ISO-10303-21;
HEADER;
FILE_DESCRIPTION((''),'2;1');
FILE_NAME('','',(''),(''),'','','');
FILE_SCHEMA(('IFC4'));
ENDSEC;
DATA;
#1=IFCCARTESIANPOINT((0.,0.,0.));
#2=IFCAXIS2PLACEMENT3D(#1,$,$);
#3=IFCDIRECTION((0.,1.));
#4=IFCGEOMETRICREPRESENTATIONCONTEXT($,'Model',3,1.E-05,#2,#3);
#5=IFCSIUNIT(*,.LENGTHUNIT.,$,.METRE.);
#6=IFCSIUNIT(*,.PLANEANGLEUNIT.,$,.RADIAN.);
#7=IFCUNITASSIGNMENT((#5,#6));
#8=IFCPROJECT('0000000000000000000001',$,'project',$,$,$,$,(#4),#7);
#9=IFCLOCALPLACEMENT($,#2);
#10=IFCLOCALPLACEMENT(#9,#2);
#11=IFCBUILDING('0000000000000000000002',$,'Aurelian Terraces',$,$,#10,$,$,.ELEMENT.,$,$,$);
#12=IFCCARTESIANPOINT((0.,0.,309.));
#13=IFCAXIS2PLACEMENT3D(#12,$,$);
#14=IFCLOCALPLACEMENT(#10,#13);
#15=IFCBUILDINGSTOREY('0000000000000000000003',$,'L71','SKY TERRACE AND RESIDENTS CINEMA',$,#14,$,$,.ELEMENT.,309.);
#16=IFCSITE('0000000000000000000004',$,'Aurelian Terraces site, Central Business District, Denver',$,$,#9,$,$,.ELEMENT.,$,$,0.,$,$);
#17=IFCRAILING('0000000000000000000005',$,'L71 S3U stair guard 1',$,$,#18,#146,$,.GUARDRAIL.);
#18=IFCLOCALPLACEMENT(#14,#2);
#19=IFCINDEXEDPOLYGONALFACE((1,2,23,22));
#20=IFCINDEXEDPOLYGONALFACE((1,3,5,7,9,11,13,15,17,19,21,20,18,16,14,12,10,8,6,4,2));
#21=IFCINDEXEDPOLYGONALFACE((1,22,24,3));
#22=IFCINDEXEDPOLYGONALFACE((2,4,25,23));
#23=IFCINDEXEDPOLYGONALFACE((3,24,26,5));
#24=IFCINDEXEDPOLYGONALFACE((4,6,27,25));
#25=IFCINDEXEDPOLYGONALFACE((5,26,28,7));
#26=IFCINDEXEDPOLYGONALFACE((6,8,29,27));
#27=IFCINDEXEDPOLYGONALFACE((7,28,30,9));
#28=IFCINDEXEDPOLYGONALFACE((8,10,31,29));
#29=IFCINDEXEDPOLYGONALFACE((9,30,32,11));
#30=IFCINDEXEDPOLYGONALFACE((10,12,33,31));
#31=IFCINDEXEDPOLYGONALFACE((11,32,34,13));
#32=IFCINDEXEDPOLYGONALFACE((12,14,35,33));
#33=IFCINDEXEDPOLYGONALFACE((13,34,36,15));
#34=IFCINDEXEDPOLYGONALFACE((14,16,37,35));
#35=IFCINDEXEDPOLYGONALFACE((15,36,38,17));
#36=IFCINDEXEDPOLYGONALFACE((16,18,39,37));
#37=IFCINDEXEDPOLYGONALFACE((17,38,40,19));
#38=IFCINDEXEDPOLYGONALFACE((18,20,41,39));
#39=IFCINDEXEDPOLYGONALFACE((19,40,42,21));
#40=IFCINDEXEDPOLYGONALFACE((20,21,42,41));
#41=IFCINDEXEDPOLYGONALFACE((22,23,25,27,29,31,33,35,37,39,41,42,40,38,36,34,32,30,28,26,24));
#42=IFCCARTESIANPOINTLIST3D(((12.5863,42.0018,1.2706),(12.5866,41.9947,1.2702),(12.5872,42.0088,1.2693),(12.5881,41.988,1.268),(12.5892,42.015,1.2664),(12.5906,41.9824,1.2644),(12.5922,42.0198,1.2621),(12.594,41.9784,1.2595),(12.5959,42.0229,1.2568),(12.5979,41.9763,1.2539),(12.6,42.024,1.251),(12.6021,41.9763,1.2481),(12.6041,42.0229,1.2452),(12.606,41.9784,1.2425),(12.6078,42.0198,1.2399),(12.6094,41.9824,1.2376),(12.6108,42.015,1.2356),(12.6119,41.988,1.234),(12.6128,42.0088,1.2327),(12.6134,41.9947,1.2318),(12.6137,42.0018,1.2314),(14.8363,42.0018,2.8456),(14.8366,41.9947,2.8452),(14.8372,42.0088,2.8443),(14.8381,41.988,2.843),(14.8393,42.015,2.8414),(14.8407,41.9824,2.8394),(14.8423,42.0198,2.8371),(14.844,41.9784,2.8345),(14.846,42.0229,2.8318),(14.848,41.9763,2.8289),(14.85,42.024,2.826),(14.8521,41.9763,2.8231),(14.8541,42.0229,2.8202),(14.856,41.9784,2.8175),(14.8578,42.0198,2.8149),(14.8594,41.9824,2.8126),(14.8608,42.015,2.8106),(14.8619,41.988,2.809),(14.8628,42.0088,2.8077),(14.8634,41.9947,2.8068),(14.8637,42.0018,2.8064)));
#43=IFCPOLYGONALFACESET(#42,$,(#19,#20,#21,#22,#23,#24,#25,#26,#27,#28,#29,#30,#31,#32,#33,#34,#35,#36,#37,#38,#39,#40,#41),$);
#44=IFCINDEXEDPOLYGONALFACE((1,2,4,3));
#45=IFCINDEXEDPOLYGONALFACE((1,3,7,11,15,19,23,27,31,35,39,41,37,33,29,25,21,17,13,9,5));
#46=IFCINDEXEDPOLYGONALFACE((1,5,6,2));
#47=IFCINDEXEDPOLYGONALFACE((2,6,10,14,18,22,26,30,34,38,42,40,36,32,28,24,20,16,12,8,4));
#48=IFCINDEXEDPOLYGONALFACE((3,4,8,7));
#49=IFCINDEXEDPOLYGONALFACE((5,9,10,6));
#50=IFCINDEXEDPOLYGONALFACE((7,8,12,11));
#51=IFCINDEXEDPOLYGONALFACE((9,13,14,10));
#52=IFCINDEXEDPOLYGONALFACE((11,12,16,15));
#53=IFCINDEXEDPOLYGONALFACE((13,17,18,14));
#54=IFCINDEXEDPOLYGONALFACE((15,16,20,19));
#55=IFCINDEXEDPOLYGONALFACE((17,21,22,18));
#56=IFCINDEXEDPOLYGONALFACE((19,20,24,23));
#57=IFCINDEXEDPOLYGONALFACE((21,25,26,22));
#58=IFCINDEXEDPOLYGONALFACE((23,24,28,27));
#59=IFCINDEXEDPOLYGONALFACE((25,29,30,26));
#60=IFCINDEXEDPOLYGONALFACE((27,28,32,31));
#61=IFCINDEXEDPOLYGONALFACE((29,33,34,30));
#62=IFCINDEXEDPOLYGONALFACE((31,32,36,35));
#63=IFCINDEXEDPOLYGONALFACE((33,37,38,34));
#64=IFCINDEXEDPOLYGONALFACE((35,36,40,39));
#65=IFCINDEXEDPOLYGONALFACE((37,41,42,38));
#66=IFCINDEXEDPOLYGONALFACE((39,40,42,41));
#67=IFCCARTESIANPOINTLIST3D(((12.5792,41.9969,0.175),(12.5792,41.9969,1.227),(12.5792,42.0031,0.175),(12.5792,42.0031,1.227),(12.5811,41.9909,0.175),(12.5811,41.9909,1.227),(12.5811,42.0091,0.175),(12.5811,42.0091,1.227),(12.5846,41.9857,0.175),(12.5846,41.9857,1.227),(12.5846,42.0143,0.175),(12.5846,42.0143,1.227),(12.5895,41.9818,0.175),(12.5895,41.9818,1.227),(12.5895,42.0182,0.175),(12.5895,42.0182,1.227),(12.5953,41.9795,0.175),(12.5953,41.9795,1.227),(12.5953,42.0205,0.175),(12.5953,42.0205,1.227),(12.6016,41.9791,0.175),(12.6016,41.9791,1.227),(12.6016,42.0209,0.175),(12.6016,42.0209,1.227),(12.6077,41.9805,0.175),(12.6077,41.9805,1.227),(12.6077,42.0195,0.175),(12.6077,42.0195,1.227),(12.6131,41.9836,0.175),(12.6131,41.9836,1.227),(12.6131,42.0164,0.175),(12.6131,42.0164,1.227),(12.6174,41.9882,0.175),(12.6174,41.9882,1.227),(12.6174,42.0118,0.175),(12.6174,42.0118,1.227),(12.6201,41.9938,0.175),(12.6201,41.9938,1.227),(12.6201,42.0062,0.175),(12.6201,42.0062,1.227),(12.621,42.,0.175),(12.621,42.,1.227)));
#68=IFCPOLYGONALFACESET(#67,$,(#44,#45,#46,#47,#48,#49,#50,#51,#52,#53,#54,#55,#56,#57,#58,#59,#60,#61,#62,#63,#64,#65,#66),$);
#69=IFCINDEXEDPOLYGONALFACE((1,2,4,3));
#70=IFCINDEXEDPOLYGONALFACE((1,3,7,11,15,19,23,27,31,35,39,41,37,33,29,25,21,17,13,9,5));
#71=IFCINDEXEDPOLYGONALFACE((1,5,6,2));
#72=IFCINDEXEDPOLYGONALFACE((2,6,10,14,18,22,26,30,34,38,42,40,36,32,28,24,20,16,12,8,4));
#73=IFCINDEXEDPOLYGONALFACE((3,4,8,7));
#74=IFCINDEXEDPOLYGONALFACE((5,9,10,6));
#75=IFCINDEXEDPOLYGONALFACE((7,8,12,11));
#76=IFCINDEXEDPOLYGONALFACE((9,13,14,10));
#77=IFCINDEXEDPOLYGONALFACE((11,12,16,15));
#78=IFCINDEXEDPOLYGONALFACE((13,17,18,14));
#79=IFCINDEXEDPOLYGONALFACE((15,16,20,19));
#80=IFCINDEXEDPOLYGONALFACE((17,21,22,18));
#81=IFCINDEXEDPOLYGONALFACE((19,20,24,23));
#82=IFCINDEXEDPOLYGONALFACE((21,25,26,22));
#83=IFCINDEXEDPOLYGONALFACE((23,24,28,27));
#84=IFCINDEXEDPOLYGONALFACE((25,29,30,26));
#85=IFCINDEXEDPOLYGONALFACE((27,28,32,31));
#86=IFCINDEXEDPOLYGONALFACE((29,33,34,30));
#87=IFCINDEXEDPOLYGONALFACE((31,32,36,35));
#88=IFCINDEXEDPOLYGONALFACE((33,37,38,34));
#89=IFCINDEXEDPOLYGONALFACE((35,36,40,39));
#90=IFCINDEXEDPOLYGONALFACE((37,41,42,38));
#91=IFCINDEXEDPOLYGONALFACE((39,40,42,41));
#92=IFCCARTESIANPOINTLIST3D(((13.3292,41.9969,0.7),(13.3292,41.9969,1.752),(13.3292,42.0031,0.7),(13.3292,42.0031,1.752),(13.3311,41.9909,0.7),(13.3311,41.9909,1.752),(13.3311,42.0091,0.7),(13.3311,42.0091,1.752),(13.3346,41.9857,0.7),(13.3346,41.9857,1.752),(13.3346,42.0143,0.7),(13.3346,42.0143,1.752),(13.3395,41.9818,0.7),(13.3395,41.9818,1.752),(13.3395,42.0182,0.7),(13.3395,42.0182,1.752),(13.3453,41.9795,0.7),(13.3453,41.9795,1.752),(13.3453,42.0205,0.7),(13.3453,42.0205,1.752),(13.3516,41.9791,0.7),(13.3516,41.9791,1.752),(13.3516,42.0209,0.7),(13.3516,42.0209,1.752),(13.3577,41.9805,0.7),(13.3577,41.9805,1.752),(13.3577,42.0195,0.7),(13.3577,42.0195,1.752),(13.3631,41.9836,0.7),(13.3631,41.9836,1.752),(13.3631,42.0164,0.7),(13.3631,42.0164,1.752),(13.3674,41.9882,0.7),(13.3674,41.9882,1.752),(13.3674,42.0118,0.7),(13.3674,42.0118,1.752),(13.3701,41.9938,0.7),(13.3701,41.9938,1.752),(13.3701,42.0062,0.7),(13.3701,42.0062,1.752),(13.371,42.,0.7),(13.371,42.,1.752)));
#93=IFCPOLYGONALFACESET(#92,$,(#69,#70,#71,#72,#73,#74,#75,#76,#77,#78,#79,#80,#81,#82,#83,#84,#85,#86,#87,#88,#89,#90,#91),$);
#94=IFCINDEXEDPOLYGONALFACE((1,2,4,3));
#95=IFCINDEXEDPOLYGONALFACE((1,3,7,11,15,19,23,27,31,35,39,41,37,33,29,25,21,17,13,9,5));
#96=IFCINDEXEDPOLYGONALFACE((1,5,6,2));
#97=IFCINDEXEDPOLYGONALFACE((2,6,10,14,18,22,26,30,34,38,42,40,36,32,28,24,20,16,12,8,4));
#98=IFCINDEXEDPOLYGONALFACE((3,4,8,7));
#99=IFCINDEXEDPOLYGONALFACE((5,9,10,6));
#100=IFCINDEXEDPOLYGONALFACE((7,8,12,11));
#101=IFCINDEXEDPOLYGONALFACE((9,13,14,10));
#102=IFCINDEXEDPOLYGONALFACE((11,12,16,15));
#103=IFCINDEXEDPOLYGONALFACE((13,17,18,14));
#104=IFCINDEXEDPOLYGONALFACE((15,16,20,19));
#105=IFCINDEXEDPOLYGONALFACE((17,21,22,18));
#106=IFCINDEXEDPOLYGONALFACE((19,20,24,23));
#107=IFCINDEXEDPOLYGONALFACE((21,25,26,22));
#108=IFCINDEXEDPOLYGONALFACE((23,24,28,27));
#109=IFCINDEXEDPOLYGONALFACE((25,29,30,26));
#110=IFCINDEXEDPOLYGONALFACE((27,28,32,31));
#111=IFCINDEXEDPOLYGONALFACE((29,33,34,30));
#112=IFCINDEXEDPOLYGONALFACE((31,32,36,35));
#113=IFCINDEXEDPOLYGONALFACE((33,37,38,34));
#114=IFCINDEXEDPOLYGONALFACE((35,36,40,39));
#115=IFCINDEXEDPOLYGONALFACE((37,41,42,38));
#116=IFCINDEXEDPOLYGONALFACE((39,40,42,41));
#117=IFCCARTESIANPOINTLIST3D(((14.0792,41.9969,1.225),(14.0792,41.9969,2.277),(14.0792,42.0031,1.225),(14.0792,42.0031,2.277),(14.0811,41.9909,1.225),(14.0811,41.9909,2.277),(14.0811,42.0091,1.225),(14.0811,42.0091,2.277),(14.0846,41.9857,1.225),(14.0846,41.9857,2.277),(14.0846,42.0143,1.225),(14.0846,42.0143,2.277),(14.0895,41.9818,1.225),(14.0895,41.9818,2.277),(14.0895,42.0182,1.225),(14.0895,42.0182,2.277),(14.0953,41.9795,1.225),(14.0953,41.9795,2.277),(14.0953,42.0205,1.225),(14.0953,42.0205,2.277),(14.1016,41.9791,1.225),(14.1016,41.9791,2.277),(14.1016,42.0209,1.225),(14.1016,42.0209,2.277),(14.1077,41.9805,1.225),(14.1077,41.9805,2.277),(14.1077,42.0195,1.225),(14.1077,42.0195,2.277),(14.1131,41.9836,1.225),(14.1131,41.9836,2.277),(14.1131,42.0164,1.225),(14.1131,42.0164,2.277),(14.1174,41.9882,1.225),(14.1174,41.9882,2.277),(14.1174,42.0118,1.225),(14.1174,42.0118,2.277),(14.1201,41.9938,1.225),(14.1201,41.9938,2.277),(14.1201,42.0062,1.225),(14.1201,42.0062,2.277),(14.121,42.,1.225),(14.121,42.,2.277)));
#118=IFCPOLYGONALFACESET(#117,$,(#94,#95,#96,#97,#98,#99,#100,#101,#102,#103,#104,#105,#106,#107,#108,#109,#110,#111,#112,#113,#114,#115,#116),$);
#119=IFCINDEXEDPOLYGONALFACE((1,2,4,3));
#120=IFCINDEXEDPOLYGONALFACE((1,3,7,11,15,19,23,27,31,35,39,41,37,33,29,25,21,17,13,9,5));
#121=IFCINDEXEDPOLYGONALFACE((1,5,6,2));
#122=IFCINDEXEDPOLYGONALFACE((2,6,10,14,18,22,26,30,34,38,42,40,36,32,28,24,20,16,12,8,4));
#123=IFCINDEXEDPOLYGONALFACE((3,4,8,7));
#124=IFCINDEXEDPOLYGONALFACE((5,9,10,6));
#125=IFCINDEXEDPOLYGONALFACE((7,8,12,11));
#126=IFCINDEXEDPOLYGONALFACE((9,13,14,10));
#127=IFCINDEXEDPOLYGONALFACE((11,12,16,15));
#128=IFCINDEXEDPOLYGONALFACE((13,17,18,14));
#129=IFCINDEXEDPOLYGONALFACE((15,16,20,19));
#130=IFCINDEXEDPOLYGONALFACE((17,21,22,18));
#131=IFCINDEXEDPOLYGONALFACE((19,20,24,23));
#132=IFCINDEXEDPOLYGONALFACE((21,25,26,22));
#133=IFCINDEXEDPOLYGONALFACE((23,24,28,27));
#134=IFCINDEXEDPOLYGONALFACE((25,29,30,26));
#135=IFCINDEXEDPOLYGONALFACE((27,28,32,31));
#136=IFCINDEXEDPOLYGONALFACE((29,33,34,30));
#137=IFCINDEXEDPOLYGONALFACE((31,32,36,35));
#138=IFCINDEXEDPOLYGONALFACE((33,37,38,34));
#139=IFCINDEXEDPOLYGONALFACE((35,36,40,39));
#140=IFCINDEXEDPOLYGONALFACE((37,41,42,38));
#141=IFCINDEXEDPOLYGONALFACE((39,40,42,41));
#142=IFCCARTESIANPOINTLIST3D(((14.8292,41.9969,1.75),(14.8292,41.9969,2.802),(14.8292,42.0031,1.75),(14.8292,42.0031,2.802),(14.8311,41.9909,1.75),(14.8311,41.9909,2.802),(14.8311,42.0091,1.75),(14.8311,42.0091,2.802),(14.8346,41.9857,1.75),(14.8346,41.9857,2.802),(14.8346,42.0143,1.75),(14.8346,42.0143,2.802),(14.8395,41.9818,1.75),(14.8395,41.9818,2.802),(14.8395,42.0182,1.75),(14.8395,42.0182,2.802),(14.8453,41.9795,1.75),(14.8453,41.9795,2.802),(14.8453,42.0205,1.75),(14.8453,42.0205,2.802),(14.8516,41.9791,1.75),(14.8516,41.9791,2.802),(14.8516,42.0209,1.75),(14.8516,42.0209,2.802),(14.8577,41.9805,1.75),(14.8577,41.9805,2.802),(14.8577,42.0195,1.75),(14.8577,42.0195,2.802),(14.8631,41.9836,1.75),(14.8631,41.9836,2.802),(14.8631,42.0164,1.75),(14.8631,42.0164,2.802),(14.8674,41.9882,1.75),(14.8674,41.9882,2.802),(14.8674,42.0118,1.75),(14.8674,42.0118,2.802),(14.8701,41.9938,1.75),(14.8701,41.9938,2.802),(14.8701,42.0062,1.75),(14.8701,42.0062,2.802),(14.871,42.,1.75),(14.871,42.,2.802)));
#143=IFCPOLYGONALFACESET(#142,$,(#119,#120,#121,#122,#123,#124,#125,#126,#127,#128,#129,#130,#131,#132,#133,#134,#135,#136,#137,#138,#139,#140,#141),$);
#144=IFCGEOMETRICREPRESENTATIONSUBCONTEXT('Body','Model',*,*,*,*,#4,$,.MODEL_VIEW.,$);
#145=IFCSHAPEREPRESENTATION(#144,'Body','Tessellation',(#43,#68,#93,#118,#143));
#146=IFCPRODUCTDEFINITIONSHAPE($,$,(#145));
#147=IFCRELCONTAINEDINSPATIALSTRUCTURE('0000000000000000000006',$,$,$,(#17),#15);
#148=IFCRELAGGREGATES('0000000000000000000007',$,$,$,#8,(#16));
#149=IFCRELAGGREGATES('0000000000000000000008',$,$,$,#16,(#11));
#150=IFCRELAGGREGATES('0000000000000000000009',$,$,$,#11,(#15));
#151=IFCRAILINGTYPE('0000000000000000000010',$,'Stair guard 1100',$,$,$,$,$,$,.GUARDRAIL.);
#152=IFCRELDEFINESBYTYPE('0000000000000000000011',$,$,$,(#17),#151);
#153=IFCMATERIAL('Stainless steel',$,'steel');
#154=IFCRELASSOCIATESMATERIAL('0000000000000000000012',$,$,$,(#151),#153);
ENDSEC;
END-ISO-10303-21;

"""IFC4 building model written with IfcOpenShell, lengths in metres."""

from ifc_helpers import new_model, si_unit, direction, frame, origin, origin_2d, place, context, subcontext, project, spatial, circle, extrude, source, transform, mapped, material, type_object, element, save


model = new_model("IFC4")

# Units and contexts
model_context = context("Model", 3, precision=1e-05, world=origin(), true_north=direction((0.0, 1.0)))
body_context = subcontext(model_context, "Body", "Model", "MODEL_VIEW")
ifc_project = project(units=[si_unit("LENGTHUNIT", "METRE"), si_unit("PLANEANGLEUNIT", "RADIAN")], contexts=[model_context])

# Site, building, storey
site_placement = place(None, origin())
site = spatial("IfcSite", under=ifc_project, at=site_placement, Name="Aurelian Terraces site, Central Business District, Denver", CompositionType="ELEMENT", RefElevation=0.0)
building_placement = place(site_placement, origin())
building = spatial("IfcBuilding", under=site, at=building_placement, Name="Aurelian Terraces", CompositionType="ELEMENT")
storey_placement = place(building_placement, frame((0.0, 0.0, 309.0)))
storey = spatial("IfcBuildingStorey", under=building, at=storey_placement, Name="L71", Description="SKY TERRACE AND RESIDENTS CINEMA", CompositionType="ELEMENT", Elevation=309.0)

# Railing
ifc_material_1 = material(Name="Stainless steel", Category="steel")
railing_type_1 = type_object("IfcRailingType", Name="Stair guard 1100", PredefinedType="GUARDRAIL", material=ifc_material_1)
shared_shape_1 = source(origin(), body_context, "Body", "SweptSolid", [
    extrude(circle(Radius=0.024, at=origin_2d()), frame((0.0, 0.0, 1.076), z_axis=(0.819232, 0.0, 0.573462), x_axis=(0.0, 1.0, 0.0)), (0.0, 0.0, 1.0), 2.7465),
    extrude(circle(Radius=0.021, at=origin_2d()), origin(), (0.0, 0.0, 1.0), 1.052),
    extrude(circle(Radius=0.021, at=origin_2d()), frame((0.75, 0.0, 0.525)), (0.0, 0.0, 1.0), 1.052),
    extrude(circle(Radius=0.021, at=origin_2d()), frame((1.5, 0.0, 1.05)), (0.0, 0.0, 1.0), 1.052),
    extrude(circle(Radius=0.021, at=origin_2d()), frame((2.25, 0.0, 1.575)), (0.0, 0.0, 1.0), 1.052),
])
railing_1_placement = place(storey_placement, frame((12.6, 42.0, 0.175)))
element("IfcRailing", 1, at=railing_1_placement, inside=storey, type_object=railing_type_1, Name="L71 S3U stair guard 1", PredefinedType="GUARDRAIL", context=body_context, shape_type="MappedRepresentation", body=[
    mapped(shared_shape_1, transform((0.0, 0.0, 0.0), scale=1.0)),
])

save(model, "model.ifc")
